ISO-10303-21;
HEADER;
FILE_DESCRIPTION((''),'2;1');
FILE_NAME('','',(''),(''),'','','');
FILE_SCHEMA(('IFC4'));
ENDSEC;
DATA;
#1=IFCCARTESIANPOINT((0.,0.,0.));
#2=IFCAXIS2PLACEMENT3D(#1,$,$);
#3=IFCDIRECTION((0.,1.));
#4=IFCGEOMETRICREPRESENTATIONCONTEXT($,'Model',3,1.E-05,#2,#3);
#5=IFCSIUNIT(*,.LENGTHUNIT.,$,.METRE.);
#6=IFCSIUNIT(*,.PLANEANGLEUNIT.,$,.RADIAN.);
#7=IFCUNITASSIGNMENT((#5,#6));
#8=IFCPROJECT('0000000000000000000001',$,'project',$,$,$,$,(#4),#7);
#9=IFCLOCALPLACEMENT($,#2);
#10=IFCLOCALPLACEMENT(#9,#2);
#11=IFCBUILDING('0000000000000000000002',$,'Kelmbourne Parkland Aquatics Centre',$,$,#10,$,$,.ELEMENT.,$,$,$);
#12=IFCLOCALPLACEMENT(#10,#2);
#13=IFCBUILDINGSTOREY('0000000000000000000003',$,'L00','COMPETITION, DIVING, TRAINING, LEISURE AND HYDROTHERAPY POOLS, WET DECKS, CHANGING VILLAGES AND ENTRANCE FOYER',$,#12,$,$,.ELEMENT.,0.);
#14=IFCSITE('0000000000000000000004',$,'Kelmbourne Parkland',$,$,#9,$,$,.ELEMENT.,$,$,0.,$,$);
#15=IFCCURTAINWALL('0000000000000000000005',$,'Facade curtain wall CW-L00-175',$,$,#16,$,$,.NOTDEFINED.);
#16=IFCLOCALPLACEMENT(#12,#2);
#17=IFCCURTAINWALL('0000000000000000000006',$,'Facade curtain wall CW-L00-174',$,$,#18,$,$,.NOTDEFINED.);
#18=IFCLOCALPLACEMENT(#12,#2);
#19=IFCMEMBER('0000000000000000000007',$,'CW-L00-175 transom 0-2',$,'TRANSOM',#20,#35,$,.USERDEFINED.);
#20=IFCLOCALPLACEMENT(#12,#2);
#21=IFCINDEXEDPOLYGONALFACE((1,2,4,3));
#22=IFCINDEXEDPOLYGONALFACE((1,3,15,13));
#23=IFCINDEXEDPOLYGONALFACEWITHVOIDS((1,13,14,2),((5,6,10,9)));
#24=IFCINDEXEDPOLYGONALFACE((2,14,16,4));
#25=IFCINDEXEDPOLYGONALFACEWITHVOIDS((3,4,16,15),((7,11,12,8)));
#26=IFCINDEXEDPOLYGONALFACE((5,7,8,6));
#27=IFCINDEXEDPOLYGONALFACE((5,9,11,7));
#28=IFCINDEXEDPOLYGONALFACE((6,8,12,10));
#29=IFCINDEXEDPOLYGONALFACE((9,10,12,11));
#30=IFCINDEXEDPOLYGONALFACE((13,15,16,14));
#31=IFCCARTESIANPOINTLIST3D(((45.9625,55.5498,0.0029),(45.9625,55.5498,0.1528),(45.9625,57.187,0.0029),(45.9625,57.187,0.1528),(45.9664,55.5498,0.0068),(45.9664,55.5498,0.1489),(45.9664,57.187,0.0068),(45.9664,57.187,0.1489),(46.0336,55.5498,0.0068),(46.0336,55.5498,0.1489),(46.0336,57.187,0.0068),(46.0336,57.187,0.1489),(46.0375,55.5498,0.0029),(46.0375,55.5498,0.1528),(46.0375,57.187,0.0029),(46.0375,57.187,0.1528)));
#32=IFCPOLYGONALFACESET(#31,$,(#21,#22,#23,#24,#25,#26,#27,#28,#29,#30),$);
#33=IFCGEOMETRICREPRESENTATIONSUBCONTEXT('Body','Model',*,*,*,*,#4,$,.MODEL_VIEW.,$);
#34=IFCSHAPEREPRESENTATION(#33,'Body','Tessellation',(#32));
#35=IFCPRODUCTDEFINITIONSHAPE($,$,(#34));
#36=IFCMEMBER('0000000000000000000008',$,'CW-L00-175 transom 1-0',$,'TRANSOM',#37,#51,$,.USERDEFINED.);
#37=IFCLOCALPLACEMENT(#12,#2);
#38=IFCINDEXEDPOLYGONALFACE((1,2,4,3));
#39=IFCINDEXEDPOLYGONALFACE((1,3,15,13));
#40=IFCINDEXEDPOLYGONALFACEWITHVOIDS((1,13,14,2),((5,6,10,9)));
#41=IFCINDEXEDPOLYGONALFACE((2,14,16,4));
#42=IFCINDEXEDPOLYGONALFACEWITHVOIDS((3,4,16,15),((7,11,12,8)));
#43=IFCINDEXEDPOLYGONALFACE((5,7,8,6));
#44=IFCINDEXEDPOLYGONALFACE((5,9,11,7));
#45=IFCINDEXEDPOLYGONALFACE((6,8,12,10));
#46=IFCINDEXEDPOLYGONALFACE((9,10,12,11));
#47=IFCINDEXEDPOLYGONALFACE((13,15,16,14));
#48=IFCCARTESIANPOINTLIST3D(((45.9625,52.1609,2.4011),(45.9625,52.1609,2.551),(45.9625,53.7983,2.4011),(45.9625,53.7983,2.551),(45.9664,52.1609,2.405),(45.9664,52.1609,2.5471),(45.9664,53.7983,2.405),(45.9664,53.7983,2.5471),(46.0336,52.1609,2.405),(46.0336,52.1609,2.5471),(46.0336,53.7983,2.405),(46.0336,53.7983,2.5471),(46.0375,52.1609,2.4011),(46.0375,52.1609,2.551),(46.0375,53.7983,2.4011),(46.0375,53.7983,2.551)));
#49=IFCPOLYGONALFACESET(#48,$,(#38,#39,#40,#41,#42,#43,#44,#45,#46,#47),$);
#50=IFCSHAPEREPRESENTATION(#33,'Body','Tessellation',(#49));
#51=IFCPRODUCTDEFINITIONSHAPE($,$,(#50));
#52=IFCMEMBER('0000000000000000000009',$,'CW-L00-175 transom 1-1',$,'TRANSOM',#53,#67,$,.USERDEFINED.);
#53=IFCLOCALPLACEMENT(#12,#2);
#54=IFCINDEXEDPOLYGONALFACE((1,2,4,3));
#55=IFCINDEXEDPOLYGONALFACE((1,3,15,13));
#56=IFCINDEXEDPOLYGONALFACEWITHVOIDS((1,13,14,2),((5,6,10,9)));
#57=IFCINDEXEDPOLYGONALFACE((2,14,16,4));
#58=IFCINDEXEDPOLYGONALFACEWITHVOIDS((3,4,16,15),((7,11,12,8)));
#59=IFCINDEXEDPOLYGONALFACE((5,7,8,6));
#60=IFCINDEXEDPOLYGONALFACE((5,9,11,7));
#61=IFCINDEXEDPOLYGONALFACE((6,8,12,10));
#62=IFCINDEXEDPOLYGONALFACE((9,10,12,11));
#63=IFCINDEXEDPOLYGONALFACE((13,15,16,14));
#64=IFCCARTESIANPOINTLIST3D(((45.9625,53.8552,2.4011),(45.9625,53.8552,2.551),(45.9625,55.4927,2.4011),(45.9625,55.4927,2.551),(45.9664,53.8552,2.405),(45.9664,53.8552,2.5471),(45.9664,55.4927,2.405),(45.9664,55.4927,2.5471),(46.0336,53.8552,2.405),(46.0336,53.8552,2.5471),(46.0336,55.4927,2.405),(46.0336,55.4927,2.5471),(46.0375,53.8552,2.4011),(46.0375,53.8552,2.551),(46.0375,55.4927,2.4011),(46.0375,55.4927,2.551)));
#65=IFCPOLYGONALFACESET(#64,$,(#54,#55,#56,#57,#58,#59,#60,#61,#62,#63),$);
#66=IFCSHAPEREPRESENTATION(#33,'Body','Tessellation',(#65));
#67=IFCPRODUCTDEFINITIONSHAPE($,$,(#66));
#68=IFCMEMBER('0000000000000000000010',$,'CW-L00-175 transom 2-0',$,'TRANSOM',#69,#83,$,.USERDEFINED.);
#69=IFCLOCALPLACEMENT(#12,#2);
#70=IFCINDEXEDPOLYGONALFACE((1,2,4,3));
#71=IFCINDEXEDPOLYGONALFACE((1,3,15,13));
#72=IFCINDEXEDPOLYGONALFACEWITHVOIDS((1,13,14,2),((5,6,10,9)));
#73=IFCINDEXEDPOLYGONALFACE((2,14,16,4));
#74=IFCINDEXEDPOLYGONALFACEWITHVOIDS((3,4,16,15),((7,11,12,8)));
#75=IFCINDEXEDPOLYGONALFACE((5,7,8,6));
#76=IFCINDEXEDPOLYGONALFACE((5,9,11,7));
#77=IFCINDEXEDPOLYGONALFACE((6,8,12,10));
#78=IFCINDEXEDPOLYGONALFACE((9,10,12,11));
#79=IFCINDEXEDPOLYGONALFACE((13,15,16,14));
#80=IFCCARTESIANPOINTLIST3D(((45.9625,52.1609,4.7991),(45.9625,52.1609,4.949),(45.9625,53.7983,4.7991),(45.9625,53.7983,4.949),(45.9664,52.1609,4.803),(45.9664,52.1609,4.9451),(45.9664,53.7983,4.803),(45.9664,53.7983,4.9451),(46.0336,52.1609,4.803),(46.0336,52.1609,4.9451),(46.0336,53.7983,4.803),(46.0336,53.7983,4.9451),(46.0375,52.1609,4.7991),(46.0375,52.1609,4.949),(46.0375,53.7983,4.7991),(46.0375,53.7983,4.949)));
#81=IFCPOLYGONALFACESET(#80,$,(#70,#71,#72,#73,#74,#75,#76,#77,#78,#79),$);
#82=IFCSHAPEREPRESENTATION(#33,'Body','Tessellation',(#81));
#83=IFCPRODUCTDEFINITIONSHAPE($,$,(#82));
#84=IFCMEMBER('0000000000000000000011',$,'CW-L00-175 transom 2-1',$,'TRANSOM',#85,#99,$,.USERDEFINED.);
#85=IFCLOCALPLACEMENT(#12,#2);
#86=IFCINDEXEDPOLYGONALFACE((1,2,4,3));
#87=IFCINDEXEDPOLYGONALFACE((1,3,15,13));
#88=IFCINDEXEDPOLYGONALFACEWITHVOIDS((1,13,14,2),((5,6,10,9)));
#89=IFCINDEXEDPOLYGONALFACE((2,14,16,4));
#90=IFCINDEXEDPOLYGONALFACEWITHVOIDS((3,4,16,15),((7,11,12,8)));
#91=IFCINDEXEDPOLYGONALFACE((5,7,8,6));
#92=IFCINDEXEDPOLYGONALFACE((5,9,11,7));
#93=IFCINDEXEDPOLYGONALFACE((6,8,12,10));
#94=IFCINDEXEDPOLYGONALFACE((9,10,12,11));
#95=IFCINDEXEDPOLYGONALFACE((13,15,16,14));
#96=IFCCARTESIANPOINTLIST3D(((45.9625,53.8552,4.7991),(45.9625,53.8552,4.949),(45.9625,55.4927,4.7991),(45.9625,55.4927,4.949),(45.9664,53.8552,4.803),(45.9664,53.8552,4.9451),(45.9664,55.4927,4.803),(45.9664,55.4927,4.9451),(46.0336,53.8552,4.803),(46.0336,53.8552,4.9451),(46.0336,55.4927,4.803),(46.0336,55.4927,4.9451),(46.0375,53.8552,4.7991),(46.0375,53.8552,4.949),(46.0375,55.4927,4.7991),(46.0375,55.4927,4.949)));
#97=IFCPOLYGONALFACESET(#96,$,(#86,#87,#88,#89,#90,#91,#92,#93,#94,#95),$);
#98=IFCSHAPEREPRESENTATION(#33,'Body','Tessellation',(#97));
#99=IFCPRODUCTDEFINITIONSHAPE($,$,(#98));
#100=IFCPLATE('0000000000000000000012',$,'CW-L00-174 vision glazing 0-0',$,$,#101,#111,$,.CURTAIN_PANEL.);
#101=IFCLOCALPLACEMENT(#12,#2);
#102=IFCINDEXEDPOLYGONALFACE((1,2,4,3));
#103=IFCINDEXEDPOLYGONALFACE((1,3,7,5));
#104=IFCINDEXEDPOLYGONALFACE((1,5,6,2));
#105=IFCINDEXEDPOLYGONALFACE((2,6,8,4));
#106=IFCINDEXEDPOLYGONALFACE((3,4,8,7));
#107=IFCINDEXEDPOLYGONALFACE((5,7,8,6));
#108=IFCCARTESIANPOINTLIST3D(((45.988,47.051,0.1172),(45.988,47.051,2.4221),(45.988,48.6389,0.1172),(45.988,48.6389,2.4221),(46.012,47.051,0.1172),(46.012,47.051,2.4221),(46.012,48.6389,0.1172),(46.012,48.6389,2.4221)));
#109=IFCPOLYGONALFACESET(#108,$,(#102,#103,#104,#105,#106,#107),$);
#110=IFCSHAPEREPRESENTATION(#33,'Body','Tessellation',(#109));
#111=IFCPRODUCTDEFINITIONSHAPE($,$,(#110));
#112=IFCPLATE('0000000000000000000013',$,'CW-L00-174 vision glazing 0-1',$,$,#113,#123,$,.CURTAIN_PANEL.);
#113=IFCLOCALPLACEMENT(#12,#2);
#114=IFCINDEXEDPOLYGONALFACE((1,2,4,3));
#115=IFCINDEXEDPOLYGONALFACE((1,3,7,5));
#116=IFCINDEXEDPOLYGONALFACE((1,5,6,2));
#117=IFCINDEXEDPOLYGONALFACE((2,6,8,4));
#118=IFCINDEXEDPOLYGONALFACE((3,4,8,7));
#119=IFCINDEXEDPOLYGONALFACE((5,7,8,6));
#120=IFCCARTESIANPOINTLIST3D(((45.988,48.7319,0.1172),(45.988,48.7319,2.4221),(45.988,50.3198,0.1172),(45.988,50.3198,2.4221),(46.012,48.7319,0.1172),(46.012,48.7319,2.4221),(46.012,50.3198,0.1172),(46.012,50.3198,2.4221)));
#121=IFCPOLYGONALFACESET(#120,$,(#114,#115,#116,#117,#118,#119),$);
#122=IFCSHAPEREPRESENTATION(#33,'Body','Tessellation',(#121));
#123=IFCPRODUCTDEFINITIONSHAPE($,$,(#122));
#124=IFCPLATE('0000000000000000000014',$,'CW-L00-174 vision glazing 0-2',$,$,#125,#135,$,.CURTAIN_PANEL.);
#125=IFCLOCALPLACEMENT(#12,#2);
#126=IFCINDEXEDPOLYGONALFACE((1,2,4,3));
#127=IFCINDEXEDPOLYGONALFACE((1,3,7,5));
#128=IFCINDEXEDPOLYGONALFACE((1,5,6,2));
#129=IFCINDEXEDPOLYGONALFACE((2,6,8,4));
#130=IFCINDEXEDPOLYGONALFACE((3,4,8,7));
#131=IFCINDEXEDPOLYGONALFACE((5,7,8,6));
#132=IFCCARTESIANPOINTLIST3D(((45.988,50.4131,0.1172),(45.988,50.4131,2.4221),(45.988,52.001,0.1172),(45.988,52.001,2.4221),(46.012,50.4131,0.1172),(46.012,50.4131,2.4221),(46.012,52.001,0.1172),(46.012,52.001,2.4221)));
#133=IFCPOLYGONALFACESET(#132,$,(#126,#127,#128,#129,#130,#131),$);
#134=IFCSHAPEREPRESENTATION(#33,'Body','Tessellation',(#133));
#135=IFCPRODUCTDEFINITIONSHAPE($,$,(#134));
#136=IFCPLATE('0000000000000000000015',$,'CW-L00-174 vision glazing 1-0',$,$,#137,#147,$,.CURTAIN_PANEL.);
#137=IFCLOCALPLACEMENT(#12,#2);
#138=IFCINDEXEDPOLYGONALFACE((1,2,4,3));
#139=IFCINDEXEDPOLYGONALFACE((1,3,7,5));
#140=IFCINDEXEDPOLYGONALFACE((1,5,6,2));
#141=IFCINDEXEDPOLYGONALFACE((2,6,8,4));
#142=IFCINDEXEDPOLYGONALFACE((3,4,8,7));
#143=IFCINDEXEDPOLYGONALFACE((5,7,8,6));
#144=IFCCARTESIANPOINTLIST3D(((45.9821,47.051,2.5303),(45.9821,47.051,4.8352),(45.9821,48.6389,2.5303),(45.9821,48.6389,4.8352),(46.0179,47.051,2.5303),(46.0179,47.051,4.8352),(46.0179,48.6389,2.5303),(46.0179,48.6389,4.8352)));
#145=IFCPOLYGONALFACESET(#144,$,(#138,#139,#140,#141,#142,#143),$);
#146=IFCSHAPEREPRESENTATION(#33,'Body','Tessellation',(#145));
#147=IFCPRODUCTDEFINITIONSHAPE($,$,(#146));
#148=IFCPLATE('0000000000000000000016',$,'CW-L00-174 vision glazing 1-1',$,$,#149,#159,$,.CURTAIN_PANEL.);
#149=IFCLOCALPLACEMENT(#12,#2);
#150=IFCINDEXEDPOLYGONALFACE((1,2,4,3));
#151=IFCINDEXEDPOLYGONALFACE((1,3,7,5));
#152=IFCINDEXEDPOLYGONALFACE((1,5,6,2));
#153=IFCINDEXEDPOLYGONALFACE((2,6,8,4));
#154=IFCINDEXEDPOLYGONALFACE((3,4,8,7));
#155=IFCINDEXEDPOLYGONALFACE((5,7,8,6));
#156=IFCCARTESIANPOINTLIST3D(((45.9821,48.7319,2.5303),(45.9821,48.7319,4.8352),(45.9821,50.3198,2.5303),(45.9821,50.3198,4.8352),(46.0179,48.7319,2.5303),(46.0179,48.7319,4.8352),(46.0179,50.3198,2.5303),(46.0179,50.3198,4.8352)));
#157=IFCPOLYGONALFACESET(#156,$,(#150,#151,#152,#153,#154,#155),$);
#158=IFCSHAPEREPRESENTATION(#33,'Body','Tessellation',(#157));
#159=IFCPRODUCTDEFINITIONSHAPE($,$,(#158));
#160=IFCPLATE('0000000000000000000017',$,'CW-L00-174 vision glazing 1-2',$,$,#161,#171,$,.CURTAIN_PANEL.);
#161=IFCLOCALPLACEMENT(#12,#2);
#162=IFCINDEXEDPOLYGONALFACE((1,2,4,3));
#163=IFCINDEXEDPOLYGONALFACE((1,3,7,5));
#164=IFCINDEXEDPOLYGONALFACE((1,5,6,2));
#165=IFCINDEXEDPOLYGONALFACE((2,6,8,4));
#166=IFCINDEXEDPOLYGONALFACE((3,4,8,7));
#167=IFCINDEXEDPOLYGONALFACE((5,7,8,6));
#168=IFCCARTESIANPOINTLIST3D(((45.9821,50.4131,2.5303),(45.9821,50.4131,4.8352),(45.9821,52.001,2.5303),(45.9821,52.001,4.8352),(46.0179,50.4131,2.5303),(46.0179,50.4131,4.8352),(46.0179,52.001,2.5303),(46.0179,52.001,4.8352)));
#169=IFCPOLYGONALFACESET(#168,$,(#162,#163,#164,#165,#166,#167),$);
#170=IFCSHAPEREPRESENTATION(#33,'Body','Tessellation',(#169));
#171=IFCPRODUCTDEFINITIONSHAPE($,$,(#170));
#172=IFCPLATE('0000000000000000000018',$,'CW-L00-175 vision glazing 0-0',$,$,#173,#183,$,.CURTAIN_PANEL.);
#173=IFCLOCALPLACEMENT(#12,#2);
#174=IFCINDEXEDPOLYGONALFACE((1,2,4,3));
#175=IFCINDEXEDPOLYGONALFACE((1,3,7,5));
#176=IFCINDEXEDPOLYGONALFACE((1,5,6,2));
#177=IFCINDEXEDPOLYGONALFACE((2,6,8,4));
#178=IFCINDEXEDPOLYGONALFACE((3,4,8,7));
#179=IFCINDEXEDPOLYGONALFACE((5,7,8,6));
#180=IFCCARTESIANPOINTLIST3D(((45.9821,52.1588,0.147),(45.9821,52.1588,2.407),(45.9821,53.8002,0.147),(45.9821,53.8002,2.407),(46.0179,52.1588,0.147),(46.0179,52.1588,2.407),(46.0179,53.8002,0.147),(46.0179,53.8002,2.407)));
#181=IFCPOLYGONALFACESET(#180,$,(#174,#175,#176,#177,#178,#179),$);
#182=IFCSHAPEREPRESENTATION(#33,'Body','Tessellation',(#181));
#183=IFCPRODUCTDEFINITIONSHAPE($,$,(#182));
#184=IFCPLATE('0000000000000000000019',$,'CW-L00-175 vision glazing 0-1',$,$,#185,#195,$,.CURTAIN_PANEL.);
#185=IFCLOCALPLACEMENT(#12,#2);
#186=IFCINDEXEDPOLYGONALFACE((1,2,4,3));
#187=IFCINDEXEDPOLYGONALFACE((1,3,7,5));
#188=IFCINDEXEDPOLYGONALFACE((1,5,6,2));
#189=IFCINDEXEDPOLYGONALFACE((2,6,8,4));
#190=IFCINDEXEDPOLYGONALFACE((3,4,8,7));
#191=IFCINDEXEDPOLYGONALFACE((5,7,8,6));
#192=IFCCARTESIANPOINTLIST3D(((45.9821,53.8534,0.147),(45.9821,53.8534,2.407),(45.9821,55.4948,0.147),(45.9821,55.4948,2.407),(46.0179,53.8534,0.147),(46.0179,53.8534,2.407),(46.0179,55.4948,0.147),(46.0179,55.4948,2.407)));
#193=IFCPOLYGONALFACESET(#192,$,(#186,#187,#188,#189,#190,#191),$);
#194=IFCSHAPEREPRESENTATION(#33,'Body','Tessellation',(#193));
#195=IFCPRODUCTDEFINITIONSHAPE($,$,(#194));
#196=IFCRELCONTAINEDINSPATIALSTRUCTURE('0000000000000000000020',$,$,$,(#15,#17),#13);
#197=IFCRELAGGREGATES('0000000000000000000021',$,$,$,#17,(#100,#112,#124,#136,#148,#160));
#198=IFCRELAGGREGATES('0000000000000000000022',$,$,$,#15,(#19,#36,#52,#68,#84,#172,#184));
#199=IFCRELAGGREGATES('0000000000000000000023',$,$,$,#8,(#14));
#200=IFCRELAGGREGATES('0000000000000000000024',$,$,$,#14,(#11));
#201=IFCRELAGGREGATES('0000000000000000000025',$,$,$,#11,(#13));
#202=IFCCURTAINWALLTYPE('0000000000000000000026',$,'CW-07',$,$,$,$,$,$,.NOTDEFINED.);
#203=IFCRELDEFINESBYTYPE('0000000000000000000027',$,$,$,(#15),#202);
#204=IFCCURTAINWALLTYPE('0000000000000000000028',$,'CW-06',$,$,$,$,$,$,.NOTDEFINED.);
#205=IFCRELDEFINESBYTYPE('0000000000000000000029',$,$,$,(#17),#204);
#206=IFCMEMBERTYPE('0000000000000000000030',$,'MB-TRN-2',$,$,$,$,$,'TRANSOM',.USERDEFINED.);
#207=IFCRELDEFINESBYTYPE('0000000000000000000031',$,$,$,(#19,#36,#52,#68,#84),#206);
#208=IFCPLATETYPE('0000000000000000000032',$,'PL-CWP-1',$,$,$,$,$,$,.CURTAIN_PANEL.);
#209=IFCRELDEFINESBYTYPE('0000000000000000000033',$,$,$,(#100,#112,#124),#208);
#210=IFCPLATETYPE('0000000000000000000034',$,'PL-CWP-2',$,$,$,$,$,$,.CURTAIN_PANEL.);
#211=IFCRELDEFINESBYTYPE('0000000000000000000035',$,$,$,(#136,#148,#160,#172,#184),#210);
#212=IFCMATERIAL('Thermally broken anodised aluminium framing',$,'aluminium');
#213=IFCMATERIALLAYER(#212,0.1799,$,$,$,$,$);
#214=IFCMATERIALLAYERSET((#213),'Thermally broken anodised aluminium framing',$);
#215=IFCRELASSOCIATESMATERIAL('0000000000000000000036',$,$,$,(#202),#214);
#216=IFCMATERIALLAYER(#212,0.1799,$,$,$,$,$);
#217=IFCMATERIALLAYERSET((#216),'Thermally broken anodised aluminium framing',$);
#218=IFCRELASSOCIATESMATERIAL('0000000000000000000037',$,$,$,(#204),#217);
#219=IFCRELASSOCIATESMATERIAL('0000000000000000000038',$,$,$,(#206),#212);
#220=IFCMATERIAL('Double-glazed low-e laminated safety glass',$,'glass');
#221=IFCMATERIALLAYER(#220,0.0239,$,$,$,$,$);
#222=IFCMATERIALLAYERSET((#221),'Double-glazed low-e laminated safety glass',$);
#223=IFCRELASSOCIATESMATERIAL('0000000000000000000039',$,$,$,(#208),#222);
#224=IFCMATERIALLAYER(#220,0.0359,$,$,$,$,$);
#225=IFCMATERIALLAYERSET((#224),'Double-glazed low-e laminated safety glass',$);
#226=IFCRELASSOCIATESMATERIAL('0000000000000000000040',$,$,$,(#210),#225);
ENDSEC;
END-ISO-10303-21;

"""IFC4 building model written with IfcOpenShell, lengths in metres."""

from ifc_helpers import new_model, si_unit, direction, frame, origin, origin_2d, place, context, subcontext, project, spatial, rectangle, hollow_rectangle, extrude, material, layer, layer_set, material_profile, profile_set, type_object, element, aggregate, save


model = new_model("IFC4")

# Units and contexts
model_context = context("Model", 3, precision=1e-05, world=origin(), true_north=direction((0.0, 1.0)))
body_context = subcontext(model_context, "Body", "Model", "MODEL_VIEW")
ifc_project = project(units=[si_unit("LENGTHUNIT", "METRE"), si_unit("PLANEANGLEUNIT", "RADIAN")], contexts=[model_context])

# Site, building, storey
site_placement = place(None, origin())
site = spatial("IfcSite", under=ifc_project, at=site_placement, Name="Kelmbourne Parkland", CompositionType="ELEMENT", RefElevation=0.0)
building_placement = place(site_placement, origin())
building = spatial("IfcBuilding", under=site, at=building_placement, Name="Kelmbourne Parkland Aquatics Centre", CompositionType="ELEMENT")
storey_placement = place(building_placement, origin())
storey = spatial("IfcBuildingStorey", under=building, at=storey_placement, Name="L00", Description="COMPETITION, DIVING, TRAINING, LEISURE AND HYDROTHERAPY POOLS, WET DECKS, CHANGING VILLAGES AND ENTRANCE FOYER", CompositionType="ELEMENT", Elevation=0.0)

# Curtain walls
ifc_material_1 = material(Name="Thermally broken anodised aluminium framing", Category="aluminium")
ifc_layer_1 = layer(ifc_material_1, 0.1799)
ifc_layer_set_1 = layer_set([ifc_layer_1], Name="Thermally broken anodised aluminium framing")
curtain_wall_type_1 = type_object("IfcCurtainWallType", Name="CW-07", PredefinedType="NOTDEFINED", material=ifc_layer_set_1)
curtain_wall_1_placement = place(storey_placement, origin())
curtain_wall_1 = element("IfcCurtainWall", 1, at=curtain_wall_1_placement, inside=storey, type_object=curtain_wall_type_1, Name="Facade curtain wall CW-L00-175", PredefinedType="NOTDEFINED")
ifc_layer_2 = layer(ifc_material_1, 0.1799)
ifc_layer_set_2 = layer_set([ifc_layer_2], Name="Thermally broken anodised aluminium framing")
curtain_wall_type_2 = type_object("IfcCurtainWallType", Name="CW-06", PredefinedType="NOTDEFINED", material=ifc_layer_set_2)
curtain_wall_2_placement = place(storey_placement, origin())
curtain_wall_2 = element("IfcCurtainWall", 2, at=curtain_wall_2_placement, inside=storey, type_object=curtain_wall_type_2, Name="Facade curtain wall CW-L00-174", PredefinedType="NOTDEFINED")

# Members
ifc_material_profile_1 = material_profile(ifc_material_1, hollow_rectangle(XDim=0.075, YDim=0.1499, WallThickness=0.0039, at=origin_2d()), Name="CW-T 75x150")
ifc_profile_set_1 = profile_set([ifc_material_profile_1], Name="Thermally broken anodised aluminium framing")
member_type_1 = type_object("IfcMemberType", Name="MB-TRN-2", ElementType="TRANSOM", PredefinedType="USERDEFINED", material=ifc_profile_set_1)
member_1_placement = place(storey_placement, frame((46.0, 55.5498, 0.0779), z_axis=(0.0, 1.0, 0.0), x_axis=(-1.0, 0.0, 0.0)))
member_1 = element("IfcMember", 3, at=member_1_placement, type_object=member_type_1, Name="CW-L00-175 transom 0-2", ObjectType="TRANSOM", PredefinedType="USERDEFINED", context=body_context, shape_type="SweptSolid", body=[
    extrude(hollow_rectangle(XDim=0.075, YDim=0.1499, WallThickness=0.0039, at=origin_2d()), origin(), (0.0, 0.0, 1.0), 1.6372),
])
member_2_placement = place(storey_placement, frame((46.0, 52.1609, 2.4761), z_axis=(0.0, 1.0, 0.0), x_axis=(-1.0, 0.0, 0.0)))
member_2 = element("IfcMember", 4, at=member_2_placement, type_object=member_type_1, Name="CW-L00-175 transom 1-0", ObjectType="TRANSOM", PredefinedType="USERDEFINED", context=body_context, shape_type="SweptSolid", body=[
    extrude(hollow_rectangle(XDim=0.075, YDim=0.1499, WallThickness=0.0039, at=origin_2d()), origin(), (0.0, 0.0, 1.0), 1.6375),
])
member_3_placement = place(storey_placement, frame((46.0, 53.8552, 2.4761), z_axis=(0.0, 1.0, 0.0), x_axis=(-1.0, 0.0, 0.0)))
member_3 = element("IfcMember", 5, at=member_3_placement, type_object=member_type_1, Name="CW-L00-175 transom 1-1", ObjectType="TRANSOM", PredefinedType="USERDEFINED", context=body_context, shape_type="SweptSolid", body=[
    extrude(hollow_rectangle(XDim=0.075, YDim=0.1499, WallThickness=0.0039, at=origin_2d()), origin(), (0.0, 0.0, 1.0), 1.6375),
])
member_4_placement = place(storey_placement, frame((46.0, 52.1609, 4.874), z_axis=(0.0, 1.0, 0.0), x_axis=(-1.0, 0.0, 0.0)))
member_4 = element("IfcMember", 6, at=member_4_placement, type_object=member_type_1, Name="CW-L00-175 transom 2-0", ObjectType="TRANSOM", PredefinedType="USERDEFINED", context=body_context, shape_type="SweptSolid", body=[
    extrude(hollow_rectangle(XDim=0.075, YDim=0.1499, WallThickness=0.0039, at=origin_2d()), origin(), (0.0, 0.0, 1.0), 1.6375),
])
member_5_placement = place(storey_placement, frame((46.0, 53.8552, 4.874), z_axis=(0.0, 1.0, 0.0), x_axis=(-1.0, 0.0, 0.0)))
member_5 = element("IfcMember", 7, at=member_5_placement, type_object=member_type_1, Name="CW-L00-175 transom 2-1", ObjectType="TRANSOM", PredefinedType="USERDEFINED", context=body_context, shape_type="SweptSolid", body=[
    extrude(hollow_rectangle(XDim=0.075, YDim=0.1499, WallThickness=0.0039, at=origin_2d()), origin(), (0.0, 0.0, 1.0), 1.6375),
])

# Plates
ifc_material_2 = material(Name="Double-glazed low-e laminated safety glass", Category="glass")
ifc_layer_3 = layer(ifc_material_2, 0.0239)
ifc_layer_set_3 = layer_set([ifc_layer_3], Name="Double-glazed low-e laminated safety glass")
plate_type_1 = type_object("IfcPlateType", Name="PL-CWP-1", PredefinedType="CURTAIN_PANEL", material=ifc_layer_set_3)
plate_1_placement = place(storey_placement, frame((46.0, 47.845, 0.1172), z_axis=(0.0, 0.0, 1.0), x_axis=(0.0, 1.0, 0.0)))
plate_1 = element("IfcPlate", 8, at=plate_1_placement, type_object=plate_type_1, Name="CW-L00-174 vision glazing 0-0", PredefinedType="CURTAIN_PANEL", context=body_context, shape_type="SweptSolid", body=[
    extrude(rectangle(XDim=1.5879, YDim=0.0239, at=origin_2d()), origin(), (0.0, 0.0, 1.0), 2.3049),
])
plate_2_placement = place(storey_placement, frame((46.0, 49.5259, 0.1172), z_axis=(0.0, 0.0, 1.0), x_axis=(0.0, 1.0, 0.0)))
plate_2 = element("IfcPlate", 9, at=plate_2_placement, type_object=plate_type_1, Name="CW-L00-174 vision glazing 0-1", PredefinedType="CURTAIN_PANEL", context=body_context, shape_type="SweptSolid", body=[
    extrude(rectangle(XDim=1.5879, YDim=0.0239, at=origin_2d()), origin(), (0.0, 0.0, 1.0), 2.3049),
])
plate_3_placement = place(storey_placement, frame((46.0, 51.207, 0.1172), z_axis=(0.0, 0.0, 1.0), x_axis=(0.0, 1.0, 0.0)))
plate_3 = element("IfcPlate", 10, at=plate_3_placement, type_object=plate_type_1, Name="CW-L00-174 vision glazing 0-2", PredefinedType="CURTAIN_PANEL", context=body_context, shape_type="SweptSolid", body=[
    extrude(rectangle(XDim=1.5879, YDim=0.0239, at=origin_2d()), origin(), (0.0, 0.0, 1.0), 2.3049),
])
ifc_layer_4 = layer(ifc_material_2, 0.0359)
ifc_layer_set_4 = layer_set([ifc_layer_4], Name="Double-glazed low-e laminated safety glass")
plate_type_2 = type_object("IfcPlateType", Name="PL-CWP-2", PredefinedType="CURTAIN_PANEL", material=ifc_layer_set_4)
plate_4_placement = place(storey_placement, frame((46.0, 47.845, 2.5303), z_axis=(0.0, 0.0, 1.0), x_axis=(0.0, 1.0, 0.0)))
plate_4 = element("IfcPlate", 11, at=plate_4_placement, type_object=plate_type_2, Name="CW-L00-174 vision glazing 1-0", PredefinedType="CURTAIN_PANEL", context=body_context, shape_type="SweptSolid", body=[
    extrude(rectangle(XDim=1.5879, YDim=0.0359, at=origin_2d()), origin(), (0.0, 0.0, 1.0), 2.3049),
])
plate_5_placement = place(storey_placement, frame((46.0, 49.5259, 2.5303), z_axis=(0.0, 0.0, 1.0), x_axis=(0.0, 1.0, 0.0)))
plate_5 = element("IfcPlate", 12, at=plate_5_placement, type_object=plate_type_2, Name="CW-L00-174 vision glazing 1-1", PredefinedType="CURTAIN_PANEL", context=body_context, shape_type="SweptSolid", body=[
    extrude(rectangle(XDim=1.5879, YDim=0.0359, at=origin_2d()), origin(), (0.0, 0.0, 1.0), 2.3049),
])
plate_6_placement = place(storey_placement, frame((46.0, 51.207, 2.5303), z_axis=(0.0, 0.0, 1.0), x_axis=(0.0, 1.0, 0.0)))
plate_6 = element("IfcPlate", 13, at=plate_6_placement, type_object=plate_type_2, Name="CW-L00-174 vision glazing 1-2", PredefinedType="CURTAIN_PANEL", context=body_context, shape_type="SweptSolid", body=[
    extrude(rectangle(XDim=1.5879, YDim=0.0359, at=origin_2d()), origin(), (0.0, 0.0, 1.0), 2.3049),
])
aggregate(curtain_wall_2, [plate_1, plate_2, plate_3, plate_4, plate_5, plate_6])
plate_7_placement = place(storey_placement, frame((46.0, 52.9795, 0.147), z_axis=(0.0, 0.0, 1.0), x_axis=(0.0, 1.0, 0.0)))
plate_7 = element("IfcPlate", 14, at=plate_7_placement, type_object=plate_type_2, Name="CW-L00-175 vision glazing 0-0", PredefinedType="CURTAIN_PANEL", context=body_context, shape_type="SweptSolid", body=[
    extrude(rectangle(XDim=1.6414, YDim=0.0359, at=origin_2d()), origin(), (0.0, 0.0, 1.0), 2.26),
])
plate_8_placement = place(storey_placement, frame((46.0, 54.6741, 0.147), z_axis=(0.0, 0.0, 1.0), x_axis=(0.0, 1.0, 0.0)))
plate_8 = element("IfcPlate", 15, at=plate_8_placement, type_object=plate_type_2, Name="CW-L00-175 vision glazing 0-1", PredefinedType="CURTAIN_PANEL", context=body_context, shape_type="SweptSolid", body=[
    extrude(rectangle(XDim=1.6414, YDim=0.0359, at=origin_2d()), origin(), (0.0, 0.0, 1.0), 2.26),
])
aggregate(curtain_wall_1, [member_1, member_2, member_3, member_4, member_5, plate_7, plate_8])

save(model, "model.ifc")
